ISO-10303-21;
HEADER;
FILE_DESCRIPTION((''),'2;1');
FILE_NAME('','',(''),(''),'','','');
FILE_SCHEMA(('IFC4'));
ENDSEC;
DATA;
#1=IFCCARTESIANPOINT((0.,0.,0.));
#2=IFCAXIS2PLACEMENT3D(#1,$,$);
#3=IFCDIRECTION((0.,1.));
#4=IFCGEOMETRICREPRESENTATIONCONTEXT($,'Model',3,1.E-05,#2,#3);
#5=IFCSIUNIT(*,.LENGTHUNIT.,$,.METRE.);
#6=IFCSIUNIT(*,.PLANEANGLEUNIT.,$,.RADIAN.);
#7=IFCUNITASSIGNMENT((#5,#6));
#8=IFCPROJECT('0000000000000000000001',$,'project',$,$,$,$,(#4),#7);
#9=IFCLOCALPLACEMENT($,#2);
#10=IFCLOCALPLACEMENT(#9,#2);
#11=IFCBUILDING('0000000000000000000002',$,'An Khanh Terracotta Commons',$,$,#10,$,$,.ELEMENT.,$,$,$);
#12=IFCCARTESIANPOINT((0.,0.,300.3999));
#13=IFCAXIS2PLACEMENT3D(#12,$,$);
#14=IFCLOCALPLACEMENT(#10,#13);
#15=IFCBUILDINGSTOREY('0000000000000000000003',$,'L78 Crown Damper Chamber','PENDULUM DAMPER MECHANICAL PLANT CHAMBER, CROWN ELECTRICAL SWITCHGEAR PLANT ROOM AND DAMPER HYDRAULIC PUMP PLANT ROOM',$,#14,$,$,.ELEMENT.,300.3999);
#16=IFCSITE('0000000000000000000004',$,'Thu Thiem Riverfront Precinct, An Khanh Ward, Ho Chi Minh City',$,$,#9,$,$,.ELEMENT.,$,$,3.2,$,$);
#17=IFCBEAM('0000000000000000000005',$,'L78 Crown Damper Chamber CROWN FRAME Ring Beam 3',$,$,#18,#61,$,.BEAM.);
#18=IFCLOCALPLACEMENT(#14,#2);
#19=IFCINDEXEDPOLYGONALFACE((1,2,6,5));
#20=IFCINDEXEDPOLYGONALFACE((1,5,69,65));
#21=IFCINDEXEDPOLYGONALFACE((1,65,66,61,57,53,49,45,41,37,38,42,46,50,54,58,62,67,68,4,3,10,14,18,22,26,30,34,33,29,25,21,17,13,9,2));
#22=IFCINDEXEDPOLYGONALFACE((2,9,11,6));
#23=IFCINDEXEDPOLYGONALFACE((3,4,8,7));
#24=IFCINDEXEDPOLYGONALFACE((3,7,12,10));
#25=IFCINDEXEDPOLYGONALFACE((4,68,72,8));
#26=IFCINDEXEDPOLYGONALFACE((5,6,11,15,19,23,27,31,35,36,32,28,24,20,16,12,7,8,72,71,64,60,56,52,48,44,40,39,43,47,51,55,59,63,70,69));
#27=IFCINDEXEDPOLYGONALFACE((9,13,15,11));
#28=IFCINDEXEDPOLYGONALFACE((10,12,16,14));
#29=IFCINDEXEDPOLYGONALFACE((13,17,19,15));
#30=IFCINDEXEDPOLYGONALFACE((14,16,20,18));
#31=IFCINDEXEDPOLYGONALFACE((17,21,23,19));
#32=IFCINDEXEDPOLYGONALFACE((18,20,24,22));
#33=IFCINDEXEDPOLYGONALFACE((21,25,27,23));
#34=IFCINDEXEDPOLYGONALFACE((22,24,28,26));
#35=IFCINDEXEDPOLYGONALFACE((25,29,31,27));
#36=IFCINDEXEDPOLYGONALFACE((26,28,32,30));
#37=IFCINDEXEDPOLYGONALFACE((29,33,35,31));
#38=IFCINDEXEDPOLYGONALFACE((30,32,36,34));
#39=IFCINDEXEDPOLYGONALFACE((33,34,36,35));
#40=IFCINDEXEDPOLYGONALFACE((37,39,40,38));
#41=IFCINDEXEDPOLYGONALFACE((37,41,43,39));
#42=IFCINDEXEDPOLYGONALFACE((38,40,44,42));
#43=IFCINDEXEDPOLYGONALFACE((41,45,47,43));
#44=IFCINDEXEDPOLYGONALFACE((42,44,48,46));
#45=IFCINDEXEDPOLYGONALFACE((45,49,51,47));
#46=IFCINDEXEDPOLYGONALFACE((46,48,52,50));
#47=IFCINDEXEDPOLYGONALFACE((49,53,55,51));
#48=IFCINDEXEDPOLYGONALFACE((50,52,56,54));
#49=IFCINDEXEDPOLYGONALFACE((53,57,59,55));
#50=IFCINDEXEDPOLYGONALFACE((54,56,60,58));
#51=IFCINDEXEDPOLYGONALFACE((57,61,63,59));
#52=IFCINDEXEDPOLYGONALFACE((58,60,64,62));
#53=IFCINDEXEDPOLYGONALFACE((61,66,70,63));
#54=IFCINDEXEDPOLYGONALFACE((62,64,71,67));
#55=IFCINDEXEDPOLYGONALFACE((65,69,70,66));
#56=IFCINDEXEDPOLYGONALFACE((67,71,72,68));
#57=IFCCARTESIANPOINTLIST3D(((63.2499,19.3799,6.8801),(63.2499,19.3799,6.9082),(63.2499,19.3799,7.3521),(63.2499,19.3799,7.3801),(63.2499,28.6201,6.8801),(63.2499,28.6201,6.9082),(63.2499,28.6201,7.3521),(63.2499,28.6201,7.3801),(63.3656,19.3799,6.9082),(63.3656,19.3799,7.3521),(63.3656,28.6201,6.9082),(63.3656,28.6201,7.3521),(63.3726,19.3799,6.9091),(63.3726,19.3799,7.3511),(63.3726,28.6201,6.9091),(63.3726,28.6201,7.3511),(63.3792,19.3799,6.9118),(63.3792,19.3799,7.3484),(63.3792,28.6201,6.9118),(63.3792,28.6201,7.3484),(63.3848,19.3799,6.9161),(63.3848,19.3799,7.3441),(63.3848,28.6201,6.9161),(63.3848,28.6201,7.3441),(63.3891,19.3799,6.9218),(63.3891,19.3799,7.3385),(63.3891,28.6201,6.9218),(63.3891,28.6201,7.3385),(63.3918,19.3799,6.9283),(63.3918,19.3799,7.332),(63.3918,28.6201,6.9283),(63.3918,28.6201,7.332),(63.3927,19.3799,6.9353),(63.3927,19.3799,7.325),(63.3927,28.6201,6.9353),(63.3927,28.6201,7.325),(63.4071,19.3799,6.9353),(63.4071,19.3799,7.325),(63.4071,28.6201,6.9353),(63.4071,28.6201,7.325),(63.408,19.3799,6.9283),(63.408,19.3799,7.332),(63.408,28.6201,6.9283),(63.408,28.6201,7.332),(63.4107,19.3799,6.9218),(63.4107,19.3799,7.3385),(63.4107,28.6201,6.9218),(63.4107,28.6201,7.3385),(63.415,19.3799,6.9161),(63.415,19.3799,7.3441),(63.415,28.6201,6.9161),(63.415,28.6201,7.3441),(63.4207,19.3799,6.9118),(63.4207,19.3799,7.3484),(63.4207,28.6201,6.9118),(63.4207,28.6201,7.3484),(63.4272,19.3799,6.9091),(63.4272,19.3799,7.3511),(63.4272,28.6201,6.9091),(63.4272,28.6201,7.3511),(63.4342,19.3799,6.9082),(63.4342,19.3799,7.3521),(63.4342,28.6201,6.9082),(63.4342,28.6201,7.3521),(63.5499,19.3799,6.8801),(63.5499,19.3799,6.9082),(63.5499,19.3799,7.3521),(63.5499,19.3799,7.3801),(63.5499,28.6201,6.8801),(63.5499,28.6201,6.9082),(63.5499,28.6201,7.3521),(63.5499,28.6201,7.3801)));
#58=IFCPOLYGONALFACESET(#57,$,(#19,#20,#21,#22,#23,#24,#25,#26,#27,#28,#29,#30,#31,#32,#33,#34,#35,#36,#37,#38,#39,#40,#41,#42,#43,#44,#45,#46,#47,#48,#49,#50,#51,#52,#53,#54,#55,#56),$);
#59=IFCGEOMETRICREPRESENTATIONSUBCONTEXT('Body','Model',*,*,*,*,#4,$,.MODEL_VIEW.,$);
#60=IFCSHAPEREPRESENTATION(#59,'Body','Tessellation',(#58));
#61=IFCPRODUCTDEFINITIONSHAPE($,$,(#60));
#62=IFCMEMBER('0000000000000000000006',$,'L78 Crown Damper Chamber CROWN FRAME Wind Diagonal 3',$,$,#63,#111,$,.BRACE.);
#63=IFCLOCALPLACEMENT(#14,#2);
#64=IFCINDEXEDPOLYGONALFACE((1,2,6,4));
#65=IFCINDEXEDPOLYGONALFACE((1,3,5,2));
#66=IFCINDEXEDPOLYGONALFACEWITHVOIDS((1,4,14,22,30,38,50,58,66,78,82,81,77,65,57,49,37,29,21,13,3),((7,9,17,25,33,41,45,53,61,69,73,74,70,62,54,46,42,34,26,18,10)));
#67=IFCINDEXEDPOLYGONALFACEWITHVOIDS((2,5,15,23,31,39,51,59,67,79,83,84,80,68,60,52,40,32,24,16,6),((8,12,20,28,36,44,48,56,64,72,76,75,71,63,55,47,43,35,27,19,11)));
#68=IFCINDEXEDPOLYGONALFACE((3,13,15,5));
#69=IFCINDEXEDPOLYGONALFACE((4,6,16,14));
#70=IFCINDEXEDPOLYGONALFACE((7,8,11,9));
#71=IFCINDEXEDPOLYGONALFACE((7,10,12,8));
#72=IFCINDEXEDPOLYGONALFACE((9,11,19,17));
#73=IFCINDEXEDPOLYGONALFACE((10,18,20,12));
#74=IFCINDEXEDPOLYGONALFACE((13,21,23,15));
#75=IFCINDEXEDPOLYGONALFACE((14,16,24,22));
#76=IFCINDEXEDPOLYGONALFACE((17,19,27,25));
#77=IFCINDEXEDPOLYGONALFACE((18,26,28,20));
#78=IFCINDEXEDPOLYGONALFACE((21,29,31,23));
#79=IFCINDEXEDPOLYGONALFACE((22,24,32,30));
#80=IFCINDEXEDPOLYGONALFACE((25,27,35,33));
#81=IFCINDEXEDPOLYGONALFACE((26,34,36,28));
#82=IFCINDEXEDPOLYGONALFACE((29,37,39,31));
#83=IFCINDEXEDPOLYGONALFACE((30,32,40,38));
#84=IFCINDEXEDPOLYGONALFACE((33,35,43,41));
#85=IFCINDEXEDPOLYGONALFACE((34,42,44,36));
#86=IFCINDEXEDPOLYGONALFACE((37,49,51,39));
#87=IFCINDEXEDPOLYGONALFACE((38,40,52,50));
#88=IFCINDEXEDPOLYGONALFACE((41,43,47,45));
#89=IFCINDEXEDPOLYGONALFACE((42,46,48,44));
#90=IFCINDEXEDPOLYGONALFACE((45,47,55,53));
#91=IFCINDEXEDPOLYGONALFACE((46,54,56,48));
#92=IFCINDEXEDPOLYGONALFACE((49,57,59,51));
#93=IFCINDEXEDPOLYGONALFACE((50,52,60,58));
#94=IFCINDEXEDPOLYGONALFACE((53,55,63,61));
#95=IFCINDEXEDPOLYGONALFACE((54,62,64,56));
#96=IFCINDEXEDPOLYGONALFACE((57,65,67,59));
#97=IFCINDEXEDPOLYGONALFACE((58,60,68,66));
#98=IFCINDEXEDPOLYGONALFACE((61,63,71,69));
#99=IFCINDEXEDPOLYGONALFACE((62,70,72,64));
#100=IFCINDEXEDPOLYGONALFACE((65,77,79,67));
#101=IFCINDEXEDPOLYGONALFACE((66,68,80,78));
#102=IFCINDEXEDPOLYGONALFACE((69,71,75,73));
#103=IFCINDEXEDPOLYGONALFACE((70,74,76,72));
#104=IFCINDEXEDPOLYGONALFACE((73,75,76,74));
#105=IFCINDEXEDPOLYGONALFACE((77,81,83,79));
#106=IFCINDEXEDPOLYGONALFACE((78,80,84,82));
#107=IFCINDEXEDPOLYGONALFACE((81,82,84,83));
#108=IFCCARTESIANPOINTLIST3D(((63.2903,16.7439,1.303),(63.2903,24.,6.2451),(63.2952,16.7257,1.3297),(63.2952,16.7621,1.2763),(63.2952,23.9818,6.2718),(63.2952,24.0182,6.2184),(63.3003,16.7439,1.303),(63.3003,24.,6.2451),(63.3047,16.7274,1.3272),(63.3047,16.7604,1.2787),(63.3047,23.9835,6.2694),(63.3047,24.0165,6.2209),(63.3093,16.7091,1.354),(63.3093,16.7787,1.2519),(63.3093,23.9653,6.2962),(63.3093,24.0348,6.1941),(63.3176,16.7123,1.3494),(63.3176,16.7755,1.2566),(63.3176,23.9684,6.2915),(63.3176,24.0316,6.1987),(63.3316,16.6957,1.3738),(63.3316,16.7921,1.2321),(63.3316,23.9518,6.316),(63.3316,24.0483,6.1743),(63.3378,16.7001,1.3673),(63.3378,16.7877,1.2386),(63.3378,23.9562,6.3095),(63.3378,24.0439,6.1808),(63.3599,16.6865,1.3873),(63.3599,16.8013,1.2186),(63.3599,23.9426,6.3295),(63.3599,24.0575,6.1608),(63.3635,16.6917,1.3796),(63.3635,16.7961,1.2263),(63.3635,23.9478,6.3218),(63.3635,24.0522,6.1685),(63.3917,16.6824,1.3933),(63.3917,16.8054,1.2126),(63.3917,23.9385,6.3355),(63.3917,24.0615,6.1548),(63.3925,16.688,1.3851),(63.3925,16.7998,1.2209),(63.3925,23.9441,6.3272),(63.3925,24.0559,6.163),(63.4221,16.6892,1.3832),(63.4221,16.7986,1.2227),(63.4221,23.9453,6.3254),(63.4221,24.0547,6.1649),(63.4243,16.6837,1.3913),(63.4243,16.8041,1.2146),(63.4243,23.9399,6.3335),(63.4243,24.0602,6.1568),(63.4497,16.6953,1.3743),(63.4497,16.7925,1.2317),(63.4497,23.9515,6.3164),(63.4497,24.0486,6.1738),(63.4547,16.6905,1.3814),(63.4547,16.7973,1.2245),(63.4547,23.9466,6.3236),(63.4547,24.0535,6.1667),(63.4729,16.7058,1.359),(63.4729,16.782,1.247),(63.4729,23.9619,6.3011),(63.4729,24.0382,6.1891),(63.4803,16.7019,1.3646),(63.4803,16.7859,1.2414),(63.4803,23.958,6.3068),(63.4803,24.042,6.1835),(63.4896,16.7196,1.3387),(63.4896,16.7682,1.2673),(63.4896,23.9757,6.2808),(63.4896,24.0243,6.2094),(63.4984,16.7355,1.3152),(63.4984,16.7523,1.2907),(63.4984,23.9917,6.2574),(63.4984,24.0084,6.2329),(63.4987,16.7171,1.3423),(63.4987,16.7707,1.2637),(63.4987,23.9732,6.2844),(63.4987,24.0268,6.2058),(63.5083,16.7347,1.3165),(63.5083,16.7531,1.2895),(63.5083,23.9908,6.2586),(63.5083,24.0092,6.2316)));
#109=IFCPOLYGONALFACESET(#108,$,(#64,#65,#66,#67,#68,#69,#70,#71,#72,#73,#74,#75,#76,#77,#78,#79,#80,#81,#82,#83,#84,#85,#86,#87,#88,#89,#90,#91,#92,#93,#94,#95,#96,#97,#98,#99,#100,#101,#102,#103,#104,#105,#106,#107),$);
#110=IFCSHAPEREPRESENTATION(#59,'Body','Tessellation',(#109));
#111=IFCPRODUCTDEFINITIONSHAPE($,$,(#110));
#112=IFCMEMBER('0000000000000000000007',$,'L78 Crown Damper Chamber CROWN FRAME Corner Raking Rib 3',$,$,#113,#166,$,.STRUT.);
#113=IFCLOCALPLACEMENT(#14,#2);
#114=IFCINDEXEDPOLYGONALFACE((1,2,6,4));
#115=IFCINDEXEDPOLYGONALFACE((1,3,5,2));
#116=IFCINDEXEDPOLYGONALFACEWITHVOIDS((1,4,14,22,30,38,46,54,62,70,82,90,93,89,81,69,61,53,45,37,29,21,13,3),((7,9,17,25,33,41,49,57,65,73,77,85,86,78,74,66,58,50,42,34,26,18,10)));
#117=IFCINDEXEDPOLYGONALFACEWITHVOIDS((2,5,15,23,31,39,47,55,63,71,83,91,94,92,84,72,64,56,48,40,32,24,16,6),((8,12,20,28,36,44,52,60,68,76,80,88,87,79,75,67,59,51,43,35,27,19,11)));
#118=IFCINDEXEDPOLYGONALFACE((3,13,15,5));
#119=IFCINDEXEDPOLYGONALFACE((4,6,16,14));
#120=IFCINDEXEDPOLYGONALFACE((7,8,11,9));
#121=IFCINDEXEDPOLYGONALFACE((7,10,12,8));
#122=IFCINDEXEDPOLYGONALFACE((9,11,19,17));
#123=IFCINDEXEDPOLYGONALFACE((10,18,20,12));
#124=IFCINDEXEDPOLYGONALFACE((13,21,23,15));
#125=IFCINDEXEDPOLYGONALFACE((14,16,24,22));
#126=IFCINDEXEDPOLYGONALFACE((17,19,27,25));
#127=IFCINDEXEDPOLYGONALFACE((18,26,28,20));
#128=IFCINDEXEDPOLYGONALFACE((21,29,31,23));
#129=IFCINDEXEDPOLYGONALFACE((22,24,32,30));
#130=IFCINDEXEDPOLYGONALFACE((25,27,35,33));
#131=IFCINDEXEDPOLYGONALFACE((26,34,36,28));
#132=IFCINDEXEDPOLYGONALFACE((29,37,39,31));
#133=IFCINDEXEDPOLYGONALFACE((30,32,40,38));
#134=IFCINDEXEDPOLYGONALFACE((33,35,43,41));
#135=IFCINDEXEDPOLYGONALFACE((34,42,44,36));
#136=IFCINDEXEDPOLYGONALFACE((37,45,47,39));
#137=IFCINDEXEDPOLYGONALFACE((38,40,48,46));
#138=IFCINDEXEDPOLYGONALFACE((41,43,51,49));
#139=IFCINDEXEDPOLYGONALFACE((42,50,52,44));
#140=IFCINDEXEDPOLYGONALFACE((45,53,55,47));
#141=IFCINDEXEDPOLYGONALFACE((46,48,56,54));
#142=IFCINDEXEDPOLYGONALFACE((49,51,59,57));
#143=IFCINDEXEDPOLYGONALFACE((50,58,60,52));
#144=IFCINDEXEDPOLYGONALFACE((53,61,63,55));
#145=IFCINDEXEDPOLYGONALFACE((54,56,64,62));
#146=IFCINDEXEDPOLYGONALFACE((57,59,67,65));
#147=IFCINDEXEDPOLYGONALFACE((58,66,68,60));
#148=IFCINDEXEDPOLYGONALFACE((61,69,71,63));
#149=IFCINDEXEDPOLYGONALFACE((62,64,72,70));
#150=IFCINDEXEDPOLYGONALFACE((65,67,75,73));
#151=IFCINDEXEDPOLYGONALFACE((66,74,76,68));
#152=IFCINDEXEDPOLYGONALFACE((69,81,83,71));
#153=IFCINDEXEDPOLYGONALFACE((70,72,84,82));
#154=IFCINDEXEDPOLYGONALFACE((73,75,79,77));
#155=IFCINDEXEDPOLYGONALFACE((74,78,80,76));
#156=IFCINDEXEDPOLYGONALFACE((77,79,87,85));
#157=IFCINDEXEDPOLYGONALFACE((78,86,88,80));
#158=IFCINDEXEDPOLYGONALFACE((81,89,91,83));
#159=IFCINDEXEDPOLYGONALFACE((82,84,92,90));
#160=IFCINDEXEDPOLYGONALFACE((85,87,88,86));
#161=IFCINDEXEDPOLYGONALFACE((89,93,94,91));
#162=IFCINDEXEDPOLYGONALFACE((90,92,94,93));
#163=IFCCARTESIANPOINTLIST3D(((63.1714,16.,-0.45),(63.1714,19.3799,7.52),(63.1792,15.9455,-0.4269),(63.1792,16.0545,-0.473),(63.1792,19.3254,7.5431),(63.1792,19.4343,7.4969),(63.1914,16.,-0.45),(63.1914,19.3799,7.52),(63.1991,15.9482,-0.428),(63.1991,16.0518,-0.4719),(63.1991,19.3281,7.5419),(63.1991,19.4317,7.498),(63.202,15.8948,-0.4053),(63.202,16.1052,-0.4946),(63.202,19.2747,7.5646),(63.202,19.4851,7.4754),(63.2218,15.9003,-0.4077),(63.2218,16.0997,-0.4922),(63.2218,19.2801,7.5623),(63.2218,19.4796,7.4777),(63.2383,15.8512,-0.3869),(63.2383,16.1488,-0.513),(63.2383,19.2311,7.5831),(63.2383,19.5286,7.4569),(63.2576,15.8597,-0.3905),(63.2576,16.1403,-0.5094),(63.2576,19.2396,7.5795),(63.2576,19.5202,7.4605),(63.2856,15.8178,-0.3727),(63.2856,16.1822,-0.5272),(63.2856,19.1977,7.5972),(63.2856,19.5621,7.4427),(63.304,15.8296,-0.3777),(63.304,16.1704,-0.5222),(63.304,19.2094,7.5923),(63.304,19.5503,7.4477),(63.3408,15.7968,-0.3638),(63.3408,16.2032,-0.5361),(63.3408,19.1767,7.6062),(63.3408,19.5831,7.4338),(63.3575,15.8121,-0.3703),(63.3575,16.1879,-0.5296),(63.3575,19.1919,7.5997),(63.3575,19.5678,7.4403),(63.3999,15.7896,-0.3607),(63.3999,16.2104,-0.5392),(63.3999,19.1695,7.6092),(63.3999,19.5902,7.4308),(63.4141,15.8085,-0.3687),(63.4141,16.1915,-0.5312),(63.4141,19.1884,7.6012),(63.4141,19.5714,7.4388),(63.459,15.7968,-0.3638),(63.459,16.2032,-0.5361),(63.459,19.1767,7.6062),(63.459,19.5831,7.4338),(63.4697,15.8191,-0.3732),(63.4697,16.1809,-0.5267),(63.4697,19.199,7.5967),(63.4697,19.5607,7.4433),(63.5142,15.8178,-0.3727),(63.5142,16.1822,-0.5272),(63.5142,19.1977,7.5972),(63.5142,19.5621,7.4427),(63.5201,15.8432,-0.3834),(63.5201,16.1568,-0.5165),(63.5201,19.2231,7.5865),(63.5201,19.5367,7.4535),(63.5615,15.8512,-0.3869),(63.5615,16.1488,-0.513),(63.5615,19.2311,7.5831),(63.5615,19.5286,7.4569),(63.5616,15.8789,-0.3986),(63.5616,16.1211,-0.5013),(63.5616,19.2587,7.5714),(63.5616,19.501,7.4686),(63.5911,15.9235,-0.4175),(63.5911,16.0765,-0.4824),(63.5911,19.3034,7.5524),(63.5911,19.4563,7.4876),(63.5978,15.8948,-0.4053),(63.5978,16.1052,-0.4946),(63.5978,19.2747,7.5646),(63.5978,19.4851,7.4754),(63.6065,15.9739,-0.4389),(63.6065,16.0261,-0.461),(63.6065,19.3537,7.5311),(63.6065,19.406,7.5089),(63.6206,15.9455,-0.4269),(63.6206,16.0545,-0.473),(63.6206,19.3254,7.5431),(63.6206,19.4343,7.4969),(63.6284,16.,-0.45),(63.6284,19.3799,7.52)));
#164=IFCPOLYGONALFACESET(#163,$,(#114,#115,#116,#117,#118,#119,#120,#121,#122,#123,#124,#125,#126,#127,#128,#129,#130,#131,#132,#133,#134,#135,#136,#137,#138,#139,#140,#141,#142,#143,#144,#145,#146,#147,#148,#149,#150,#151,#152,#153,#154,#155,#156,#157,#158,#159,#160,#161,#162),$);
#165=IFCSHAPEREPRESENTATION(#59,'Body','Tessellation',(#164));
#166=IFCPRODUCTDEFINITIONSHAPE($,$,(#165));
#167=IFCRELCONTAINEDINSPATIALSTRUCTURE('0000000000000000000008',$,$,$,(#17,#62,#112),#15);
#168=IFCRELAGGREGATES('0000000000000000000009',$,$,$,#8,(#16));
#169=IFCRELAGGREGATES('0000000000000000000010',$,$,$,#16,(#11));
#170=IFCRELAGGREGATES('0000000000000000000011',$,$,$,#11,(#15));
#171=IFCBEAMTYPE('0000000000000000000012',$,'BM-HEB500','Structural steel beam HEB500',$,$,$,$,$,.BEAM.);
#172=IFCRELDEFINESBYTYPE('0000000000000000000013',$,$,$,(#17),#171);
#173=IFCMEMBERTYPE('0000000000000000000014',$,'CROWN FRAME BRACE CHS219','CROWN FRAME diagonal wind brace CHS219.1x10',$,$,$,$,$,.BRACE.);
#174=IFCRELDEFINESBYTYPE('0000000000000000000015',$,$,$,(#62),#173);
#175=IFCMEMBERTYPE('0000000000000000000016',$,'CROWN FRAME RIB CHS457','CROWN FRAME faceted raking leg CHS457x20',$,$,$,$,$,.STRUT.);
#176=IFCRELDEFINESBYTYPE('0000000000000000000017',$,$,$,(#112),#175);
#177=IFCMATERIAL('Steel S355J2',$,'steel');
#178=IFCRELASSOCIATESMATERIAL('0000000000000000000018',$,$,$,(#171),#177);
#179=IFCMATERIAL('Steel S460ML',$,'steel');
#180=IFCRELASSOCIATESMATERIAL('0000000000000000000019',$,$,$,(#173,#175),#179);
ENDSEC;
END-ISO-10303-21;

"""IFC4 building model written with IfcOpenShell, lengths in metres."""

from ifc_helpers import new_model, si_unit, direction, frame, origin, origin_2d, place, context, subcontext, project, spatial, hollow_circle, i_section, extrude, material, material_profile, profile_set, type_object, element, save


model = new_model("IFC4")

# Units and contexts
model_context = context("Model", 3, precision=1e-05, world=origin(), true_north=direction((0.0, 1.0)))
body_context = subcontext(model_context, "Body", "Model", "MODEL_VIEW")
ifc_project = project(units=[si_unit("LENGTHUNIT", "METRE"), si_unit("PLANEANGLEUNIT", "RADIAN")], contexts=[model_context])

# Site, building, storey
site_placement = place(None, origin())
site = spatial("IfcSite", under=ifc_project, at=site_placement, Name="Thu Thiem Riverfront Precinct, An Khanh Ward, Ho Chi Minh City", CompositionType="ELEMENT", RefElevation=3.2)
building_placement = place(site_placement, origin())
building = spatial("IfcBuilding", under=site, at=building_placement, Name="An Khanh Terracotta Commons", CompositionType="ELEMENT")
storey_placement = place(building_placement, frame((0.0, 0.0, 300.3999)))
storey = spatial("IfcBuildingStorey", under=building, at=storey_placement, Name="L78 Crown Damper Chamber", Description="PENDULUM DAMPER MECHANICAL PLANT CHAMBER, CROWN ELECTRICAL SWITCHGEAR PLANT ROOM AND DAMPER HYDRAULIC PUMP PLANT ROOM", CompositionType="ELEMENT", Elevation=300.3999)

# Beam
ifc_material_1 = material(Name="Steel S355J2", Category="steel")
ifc_material_profile_1 = material_profile(ifc_material_1, i_section(OverallWidth=0.3, OverallDepth=0.5, WebThickness=0.0144, FlangeThickness=0.0281, FilletRadius=0.0271, at=origin_2d()), Name="HEB500")
ifc_profile_set_1 = profile_set([ifc_material_profile_1], Name="Steel S355J2")
beam_type = type_object("IfcBeamType", Name="BM-HEB500", Description="Structural steel beam HEB500", PredefinedType="BEAM", material=ifc_profile_set_1)
beam_placement = place(storey_placement, frame((63.3999, 19.3799, 7.1301), z_axis=(0.0, 1.0, 0.0), x_axis=(-1.0, 0.0, 0.0)))
element("IfcBeam", 1, at=beam_placement, inside=storey, type_object=beam_type, Name="L78 Crown Damper Chamber CROWN FRAME Ring Beam 3", PredefinedType="BEAM", context=body_context, shape_type="SweptSolid", body=[
    extrude(i_section(OverallWidth=0.3, OverallDepth=0.5, WebThickness=0.0144, FlangeThickness=0.0281, FilletRadius=0.0271, at=origin_2d()), origin(), (0.0, 0.0, 1.0), 9.2402),
])

# Members
ifc_material_2 = material(Name="Steel S460ML", Category="steel")
ifc_material_profile_2 = material_profile(ifc_material_2, hollow_circle(Radius=0.1096, WallThickness=0.01, at=origin_2d()), Name="CHS219.1x10")
ifc_profile_set_2 = profile_set([ifc_material_profile_2], Name="Steel S460ML")
member_type_1 = type_object("IfcMemberType", Name="CROWN FRAME BRACE CHS219", Description="CROWN FRAME diagonal wind brace CHS219.1x10", PredefinedType="BRACE", material=ifc_profile_set_2)
member_1_placement = place(storey_placement, frame((63.3999, 16.7439, 1.303), z_axis=(0.0, 0.826503, 0.562932), x_axis=(-1.0, 0.0, 0.0)))
element("IfcMember", 2, at=member_1_placement, inside=storey, type_object=member_type_1, Name="L78 Crown Damper Chamber CROWN FRAME Wind Diagonal 3", PredefinedType="BRACE", context=body_context, shape_type="SweptSolid", body=[
    extrude(hollow_circle(Radius=0.1096, WallThickness=0.01, at=origin_2d()), origin(), (0.0, 0.0, 1.0), 8.7793),
])
ifc_material_profile_3 = material_profile(ifc_material_2, hollow_circle(Radius=0.2285, WallThickness=0.02, at=origin_2d()), Name="CHS457x20")
ifc_profile_set_3 = profile_set([ifc_material_profile_3], Name="Steel S460ML")
member_type_2 = type_object("IfcMemberType", Name="CROWN FRAME RIB CHS457", Description="CROWN FRAME faceted raking leg CHS457x20", PredefinedType="STRUT", material=ifc_profile_set_3)
member_2_placement = place(storey_placement, frame((63.3999, 16.0, -0.45), z_axis=(0.0, 0.390421, 0.920636), x_axis=(-1.0, 0.0, 0.0)))
element("IfcMember", 3, at=member_2_placement, inside=storey, type_object=member_type_2, Name="L78 Crown Damper Chamber CROWN FRAME Corner Raking Rib 3", PredefinedType="STRUT", context=body_context, shape_type="SweptSolid", body=[
    extrude(hollow_circle(Radius=0.2285, WallThickness=0.02, at=origin_2d()), origin(), (0.0, 0.0, 1.0), 8.657),
])

save(model, "model.ifc")
